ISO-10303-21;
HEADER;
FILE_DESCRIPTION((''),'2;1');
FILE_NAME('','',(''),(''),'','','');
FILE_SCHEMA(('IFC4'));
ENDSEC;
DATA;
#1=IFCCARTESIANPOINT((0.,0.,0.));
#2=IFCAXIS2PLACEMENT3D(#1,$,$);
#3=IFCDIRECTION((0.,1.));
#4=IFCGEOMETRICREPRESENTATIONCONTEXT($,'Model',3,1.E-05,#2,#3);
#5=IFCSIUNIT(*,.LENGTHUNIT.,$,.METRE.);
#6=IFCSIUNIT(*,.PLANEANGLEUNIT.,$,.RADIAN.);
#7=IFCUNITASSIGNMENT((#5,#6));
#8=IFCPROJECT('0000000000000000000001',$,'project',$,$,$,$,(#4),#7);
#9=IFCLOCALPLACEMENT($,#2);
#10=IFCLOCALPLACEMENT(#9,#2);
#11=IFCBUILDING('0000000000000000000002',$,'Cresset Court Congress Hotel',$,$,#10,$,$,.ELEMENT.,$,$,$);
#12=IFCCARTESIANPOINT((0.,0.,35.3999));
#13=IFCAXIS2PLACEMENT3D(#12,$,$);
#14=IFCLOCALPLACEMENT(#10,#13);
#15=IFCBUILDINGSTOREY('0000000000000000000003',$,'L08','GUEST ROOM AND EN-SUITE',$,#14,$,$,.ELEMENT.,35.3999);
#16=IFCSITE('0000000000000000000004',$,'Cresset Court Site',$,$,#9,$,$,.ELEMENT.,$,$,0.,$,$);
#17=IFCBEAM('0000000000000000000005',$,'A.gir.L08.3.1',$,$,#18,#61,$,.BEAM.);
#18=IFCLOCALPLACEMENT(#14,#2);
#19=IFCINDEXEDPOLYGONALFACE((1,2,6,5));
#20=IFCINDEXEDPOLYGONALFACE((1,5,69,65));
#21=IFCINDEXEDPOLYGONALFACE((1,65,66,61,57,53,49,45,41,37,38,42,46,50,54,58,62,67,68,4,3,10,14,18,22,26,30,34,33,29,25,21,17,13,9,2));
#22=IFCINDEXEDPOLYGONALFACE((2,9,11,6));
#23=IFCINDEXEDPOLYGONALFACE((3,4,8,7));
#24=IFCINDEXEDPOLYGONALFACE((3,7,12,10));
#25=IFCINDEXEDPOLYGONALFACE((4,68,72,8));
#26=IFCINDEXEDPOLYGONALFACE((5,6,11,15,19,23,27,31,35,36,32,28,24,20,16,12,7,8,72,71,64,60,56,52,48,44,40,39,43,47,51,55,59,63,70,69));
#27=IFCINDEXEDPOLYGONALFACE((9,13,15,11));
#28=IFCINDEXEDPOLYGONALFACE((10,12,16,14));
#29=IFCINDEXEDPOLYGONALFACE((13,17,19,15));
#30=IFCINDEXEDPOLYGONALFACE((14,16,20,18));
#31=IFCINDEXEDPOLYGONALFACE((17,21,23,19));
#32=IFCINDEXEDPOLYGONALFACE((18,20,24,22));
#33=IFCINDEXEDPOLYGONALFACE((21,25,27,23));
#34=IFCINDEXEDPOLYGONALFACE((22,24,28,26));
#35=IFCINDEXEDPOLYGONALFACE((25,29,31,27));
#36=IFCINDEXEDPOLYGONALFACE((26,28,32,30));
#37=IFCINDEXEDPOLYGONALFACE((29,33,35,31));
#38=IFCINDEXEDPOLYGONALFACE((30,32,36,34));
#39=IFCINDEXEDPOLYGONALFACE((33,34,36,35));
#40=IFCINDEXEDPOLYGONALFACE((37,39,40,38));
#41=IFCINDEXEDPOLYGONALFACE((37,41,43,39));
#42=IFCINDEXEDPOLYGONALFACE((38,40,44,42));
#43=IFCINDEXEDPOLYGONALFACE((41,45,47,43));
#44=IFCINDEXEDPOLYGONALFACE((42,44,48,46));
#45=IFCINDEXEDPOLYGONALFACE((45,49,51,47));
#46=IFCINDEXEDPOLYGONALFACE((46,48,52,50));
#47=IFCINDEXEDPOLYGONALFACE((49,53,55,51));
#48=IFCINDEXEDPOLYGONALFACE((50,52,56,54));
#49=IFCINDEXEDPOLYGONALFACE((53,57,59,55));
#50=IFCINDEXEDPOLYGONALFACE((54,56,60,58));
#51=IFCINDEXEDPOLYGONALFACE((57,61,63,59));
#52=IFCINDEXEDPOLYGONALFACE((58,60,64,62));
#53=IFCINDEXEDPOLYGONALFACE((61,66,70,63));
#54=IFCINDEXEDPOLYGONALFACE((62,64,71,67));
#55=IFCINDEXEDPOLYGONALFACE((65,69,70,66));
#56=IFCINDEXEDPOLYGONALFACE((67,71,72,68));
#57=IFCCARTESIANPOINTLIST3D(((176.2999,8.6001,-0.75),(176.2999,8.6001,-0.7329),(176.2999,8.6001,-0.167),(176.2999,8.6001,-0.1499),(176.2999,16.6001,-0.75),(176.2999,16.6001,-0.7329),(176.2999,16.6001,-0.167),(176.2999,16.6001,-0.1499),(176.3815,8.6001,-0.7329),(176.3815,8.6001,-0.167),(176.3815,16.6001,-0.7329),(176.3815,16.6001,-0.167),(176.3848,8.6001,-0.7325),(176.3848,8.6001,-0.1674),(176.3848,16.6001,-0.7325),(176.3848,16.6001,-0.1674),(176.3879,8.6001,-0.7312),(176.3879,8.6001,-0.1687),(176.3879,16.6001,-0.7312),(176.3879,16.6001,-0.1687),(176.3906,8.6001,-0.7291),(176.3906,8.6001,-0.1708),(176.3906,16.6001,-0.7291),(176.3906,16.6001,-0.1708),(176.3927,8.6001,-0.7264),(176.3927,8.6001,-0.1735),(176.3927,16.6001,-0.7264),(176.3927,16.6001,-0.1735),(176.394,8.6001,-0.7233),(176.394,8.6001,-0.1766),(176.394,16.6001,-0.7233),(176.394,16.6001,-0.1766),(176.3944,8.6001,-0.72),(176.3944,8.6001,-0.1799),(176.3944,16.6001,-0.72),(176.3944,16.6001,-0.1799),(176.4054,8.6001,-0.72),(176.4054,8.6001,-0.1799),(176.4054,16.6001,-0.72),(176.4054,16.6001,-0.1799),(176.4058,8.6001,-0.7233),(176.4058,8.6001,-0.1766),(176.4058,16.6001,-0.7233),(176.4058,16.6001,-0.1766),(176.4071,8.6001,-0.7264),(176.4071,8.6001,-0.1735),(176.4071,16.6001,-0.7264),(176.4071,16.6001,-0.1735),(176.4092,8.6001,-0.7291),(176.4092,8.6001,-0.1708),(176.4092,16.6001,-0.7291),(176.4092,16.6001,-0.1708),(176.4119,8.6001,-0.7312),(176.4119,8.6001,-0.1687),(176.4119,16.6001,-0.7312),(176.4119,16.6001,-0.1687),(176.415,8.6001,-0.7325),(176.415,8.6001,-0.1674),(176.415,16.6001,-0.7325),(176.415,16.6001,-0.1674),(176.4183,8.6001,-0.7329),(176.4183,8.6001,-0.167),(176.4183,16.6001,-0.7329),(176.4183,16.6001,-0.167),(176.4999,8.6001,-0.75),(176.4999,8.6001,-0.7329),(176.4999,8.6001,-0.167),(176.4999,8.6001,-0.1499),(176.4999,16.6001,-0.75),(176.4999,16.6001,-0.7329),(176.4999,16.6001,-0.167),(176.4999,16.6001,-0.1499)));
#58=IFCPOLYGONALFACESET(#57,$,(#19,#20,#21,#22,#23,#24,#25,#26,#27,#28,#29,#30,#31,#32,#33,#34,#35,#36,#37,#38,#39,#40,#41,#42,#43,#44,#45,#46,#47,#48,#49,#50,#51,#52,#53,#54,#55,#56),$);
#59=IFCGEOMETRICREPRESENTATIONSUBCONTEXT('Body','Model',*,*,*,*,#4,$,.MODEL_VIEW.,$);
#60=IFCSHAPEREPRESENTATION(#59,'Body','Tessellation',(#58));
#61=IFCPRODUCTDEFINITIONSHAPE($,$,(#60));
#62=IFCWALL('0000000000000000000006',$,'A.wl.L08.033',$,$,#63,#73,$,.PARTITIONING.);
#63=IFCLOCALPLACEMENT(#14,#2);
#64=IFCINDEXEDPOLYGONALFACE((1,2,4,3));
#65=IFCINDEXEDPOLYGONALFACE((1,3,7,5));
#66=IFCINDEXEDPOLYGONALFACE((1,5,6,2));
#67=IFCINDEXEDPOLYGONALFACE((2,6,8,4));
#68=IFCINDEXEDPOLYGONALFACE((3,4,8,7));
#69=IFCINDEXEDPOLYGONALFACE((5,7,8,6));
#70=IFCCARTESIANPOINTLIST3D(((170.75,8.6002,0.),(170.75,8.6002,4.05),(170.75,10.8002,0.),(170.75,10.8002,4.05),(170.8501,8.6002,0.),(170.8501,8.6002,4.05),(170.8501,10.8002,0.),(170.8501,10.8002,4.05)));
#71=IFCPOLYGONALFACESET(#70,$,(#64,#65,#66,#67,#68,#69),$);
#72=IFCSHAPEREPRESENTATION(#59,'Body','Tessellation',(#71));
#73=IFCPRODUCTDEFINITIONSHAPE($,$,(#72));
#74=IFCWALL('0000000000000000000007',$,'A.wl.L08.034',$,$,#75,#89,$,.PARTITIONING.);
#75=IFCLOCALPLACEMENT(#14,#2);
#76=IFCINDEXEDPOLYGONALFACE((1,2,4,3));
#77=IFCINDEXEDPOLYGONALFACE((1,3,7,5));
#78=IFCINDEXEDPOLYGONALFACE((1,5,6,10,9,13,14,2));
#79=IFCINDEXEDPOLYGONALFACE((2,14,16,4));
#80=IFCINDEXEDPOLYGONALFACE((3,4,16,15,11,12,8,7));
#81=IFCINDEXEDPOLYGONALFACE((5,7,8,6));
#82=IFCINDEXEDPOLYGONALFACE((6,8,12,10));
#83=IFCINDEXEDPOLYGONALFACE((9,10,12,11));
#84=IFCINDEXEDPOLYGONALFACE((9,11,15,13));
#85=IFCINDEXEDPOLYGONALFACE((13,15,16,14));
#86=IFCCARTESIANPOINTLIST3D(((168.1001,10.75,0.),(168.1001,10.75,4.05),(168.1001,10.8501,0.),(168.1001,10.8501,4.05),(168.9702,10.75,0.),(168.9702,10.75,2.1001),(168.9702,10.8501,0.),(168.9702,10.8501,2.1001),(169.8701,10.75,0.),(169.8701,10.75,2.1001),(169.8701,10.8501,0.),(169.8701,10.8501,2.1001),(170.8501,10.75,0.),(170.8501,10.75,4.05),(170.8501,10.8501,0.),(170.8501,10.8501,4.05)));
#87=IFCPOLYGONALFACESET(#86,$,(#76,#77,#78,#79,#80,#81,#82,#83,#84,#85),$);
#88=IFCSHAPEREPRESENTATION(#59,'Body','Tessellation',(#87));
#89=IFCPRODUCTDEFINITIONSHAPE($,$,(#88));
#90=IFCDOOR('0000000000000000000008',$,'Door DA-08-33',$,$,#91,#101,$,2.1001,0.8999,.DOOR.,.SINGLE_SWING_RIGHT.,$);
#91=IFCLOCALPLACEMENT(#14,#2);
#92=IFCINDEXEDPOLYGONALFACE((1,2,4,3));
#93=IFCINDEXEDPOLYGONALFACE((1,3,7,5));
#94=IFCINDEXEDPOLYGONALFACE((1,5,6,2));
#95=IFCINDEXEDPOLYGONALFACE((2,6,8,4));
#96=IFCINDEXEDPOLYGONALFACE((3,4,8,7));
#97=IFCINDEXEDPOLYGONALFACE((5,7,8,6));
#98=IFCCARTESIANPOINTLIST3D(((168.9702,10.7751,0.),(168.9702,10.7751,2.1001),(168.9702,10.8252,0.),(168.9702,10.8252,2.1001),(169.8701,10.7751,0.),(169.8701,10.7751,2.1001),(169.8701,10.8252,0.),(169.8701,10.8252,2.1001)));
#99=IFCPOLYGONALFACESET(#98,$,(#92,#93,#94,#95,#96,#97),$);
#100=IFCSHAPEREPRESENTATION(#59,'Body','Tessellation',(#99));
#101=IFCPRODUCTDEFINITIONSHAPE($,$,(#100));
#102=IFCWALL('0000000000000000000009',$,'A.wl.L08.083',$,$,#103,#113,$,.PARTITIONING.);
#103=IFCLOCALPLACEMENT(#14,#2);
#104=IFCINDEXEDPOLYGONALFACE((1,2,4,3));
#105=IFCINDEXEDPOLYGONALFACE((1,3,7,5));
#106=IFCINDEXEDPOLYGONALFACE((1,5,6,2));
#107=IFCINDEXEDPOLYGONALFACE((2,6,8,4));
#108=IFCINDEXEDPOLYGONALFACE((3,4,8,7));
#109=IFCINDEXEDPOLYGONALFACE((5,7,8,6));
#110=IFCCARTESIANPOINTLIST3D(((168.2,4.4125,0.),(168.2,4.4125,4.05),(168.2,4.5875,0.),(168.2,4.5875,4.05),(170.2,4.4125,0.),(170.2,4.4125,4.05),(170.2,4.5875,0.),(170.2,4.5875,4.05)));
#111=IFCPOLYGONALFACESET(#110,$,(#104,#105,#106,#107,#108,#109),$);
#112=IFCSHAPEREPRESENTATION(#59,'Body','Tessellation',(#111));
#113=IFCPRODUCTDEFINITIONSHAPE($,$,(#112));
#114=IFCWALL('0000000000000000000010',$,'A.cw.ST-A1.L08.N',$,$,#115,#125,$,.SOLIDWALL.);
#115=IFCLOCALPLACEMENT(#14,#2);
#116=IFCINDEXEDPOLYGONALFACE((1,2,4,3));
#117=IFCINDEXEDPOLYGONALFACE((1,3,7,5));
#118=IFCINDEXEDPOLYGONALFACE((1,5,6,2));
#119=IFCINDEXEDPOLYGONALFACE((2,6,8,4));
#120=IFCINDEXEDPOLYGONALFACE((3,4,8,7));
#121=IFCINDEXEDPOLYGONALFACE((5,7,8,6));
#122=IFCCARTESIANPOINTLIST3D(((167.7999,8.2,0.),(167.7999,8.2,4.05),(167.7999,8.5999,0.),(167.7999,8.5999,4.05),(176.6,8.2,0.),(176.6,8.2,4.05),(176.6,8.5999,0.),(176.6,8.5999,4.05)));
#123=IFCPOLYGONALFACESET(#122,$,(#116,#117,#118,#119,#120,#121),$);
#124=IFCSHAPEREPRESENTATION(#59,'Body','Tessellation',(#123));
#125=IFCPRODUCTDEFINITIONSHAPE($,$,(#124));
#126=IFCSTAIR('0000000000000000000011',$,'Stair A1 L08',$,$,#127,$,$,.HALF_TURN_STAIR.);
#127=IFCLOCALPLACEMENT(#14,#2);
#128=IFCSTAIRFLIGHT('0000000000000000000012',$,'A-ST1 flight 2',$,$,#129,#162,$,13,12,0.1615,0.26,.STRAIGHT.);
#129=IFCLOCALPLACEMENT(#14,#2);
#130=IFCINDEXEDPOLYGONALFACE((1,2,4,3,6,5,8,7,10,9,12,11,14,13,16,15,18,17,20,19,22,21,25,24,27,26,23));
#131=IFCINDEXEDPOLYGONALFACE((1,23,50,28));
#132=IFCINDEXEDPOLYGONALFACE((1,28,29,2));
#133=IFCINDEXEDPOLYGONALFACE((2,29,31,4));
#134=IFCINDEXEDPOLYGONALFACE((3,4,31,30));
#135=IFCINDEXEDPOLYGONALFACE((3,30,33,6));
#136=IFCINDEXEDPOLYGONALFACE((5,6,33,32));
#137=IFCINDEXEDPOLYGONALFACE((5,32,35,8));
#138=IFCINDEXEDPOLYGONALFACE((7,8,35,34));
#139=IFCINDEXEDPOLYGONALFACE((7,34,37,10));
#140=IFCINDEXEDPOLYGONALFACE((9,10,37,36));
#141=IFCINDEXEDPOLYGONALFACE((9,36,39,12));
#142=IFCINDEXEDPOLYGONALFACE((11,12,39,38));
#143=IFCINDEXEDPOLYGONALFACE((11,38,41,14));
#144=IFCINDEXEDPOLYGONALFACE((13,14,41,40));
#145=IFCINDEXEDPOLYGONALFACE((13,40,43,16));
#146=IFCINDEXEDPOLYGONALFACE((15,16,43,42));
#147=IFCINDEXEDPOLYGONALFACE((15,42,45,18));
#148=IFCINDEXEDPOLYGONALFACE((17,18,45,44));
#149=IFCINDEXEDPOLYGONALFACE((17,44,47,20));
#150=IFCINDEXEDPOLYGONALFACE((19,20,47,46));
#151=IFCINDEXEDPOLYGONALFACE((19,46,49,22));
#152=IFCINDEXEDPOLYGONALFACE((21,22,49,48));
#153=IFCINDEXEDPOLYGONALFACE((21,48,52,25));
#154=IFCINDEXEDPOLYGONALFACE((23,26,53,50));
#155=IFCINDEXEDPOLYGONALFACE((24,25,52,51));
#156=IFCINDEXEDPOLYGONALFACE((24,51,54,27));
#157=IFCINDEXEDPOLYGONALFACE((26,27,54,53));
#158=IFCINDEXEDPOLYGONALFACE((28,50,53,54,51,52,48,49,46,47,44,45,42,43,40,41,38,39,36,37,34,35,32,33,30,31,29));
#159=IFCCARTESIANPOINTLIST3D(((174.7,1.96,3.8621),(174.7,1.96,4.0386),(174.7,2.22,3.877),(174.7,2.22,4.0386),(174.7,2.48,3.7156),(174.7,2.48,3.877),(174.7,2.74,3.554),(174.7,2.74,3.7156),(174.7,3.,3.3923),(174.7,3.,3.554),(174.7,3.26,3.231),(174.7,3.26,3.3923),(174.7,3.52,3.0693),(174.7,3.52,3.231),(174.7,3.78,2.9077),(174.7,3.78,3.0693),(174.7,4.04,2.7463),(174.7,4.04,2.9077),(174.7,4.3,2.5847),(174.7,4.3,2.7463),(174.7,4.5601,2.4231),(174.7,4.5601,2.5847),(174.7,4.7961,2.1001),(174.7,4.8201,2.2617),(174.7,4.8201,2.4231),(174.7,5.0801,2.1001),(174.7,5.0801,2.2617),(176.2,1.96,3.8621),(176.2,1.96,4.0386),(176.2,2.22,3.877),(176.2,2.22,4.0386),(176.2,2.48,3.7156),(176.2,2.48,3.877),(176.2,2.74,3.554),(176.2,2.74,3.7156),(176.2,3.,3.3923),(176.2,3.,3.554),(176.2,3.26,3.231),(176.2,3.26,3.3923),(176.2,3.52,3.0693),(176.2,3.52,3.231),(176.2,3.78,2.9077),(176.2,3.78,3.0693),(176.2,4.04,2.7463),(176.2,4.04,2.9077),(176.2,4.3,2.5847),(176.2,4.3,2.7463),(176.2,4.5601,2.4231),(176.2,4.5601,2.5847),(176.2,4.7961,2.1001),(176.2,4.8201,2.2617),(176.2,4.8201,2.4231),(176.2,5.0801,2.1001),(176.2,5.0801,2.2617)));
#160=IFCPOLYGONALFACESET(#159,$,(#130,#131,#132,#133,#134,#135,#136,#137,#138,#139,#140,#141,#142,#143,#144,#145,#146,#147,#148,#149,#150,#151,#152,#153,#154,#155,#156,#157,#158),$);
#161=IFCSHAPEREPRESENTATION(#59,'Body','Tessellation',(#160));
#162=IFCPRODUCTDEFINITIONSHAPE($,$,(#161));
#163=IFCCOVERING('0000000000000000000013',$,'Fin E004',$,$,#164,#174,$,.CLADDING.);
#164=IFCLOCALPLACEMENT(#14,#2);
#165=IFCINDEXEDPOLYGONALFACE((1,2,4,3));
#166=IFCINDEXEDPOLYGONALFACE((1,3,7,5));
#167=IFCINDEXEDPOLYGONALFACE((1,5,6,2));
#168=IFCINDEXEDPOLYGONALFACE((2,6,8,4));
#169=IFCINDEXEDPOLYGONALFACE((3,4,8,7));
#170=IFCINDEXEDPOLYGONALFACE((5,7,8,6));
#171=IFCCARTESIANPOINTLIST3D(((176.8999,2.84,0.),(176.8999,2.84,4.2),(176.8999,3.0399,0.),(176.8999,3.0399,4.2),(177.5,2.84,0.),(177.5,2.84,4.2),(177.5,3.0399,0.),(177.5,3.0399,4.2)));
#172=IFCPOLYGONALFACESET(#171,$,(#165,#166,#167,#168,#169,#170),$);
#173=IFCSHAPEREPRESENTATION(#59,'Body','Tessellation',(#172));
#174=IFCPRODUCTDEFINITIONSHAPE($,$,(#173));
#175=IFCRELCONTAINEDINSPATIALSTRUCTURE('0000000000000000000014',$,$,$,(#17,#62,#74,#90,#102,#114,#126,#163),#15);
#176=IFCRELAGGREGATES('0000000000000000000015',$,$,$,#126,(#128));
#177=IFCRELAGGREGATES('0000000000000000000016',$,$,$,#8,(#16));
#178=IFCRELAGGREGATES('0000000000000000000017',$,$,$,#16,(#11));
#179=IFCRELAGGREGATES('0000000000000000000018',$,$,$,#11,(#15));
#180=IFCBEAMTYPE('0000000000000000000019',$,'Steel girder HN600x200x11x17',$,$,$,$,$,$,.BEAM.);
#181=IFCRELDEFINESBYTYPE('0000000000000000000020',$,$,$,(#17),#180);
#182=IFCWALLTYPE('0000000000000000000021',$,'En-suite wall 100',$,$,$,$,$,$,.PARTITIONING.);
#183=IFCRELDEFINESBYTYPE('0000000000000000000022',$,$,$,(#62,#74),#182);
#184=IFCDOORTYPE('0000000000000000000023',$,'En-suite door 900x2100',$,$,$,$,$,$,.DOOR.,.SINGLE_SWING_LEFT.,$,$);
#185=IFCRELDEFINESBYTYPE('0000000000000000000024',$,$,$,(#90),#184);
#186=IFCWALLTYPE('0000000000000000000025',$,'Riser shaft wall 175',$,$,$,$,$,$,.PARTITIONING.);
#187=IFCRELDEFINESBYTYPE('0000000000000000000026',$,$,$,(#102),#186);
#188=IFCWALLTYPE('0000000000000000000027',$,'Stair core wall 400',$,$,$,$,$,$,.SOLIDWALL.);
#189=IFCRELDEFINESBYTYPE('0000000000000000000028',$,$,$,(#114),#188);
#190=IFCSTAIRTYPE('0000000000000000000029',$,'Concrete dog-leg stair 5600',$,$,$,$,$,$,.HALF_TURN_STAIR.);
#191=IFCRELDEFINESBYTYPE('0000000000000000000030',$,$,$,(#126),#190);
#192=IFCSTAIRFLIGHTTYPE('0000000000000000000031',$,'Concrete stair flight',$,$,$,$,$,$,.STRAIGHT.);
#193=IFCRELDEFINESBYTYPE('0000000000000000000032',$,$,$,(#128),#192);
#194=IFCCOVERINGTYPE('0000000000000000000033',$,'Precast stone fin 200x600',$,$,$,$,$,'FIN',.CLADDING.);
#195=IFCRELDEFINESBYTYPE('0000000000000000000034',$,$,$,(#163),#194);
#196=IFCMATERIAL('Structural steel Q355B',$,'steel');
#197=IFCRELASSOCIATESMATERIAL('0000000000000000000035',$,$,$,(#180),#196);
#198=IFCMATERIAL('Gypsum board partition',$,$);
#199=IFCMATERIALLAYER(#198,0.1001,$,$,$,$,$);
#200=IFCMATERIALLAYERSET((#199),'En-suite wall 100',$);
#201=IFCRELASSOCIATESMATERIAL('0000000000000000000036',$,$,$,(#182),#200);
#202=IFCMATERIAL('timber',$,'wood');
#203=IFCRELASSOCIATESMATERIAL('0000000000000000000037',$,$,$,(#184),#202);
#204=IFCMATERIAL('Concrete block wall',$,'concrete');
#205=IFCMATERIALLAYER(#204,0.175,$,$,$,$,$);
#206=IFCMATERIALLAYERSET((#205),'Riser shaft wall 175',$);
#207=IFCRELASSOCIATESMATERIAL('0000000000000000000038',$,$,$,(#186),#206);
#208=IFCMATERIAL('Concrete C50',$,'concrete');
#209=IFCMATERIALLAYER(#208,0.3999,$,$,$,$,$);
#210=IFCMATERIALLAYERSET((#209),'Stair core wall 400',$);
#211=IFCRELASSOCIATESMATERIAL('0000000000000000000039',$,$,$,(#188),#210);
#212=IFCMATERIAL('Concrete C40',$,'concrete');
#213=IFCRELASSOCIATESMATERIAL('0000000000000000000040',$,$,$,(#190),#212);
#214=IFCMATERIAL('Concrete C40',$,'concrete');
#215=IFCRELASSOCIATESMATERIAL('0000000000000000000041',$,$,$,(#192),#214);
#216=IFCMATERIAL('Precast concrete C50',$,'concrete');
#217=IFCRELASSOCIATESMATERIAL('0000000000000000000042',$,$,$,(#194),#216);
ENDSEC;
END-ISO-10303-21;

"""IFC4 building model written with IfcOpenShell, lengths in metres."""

from ifc_helpers import new_model, si_unit, direction, frame, frame_2d, origin, origin_2d, place, context, subcontext, project, spatial, polyline, rectangle, i_section, outline, extrude, material, layer, layer_set, material_profile, profile_set, type_object, element, fill, aggregate, save


model = new_model("IFC4")

# Units and contexts
model_context = context("Model", 3, precision=1e-05, world=origin(), true_north=direction((0.0, 1.0)))
body_context = subcontext(model_context, "Body", "Model", "MODEL_VIEW")
ifc_project = project(units=[si_unit("LENGTHUNIT", "METRE"), si_unit("PLANEANGLEUNIT", "RADIAN")], contexts=[model_context])

# Site, building, storey
site_placement = place(None, origin())
site = spatial("IfcSite", under=ifc_project, at=site_placement, Name="Cresset Court Site", CompositionType="ELEMENT", RefElevation=0.0)
building_placement = place(site_placement, origin())
building = spatial("IfcBuilding", under=site, at=building_placement, Name="Cresset Court Congress Hotel", CompositionType="ELEMENT")
storey_placement = place(building_placement, frame((0.0, 0.0, 35.3999)))
storey = spatial("IfcBuildingStorey", under=building, at=storey_placement, Name="L08", Description="GUEST ROOM AND EN-SUITE", CompositionType="ELEMENT", Elevation=35.3999)

# Beam
ifc_material_1 = material(Name="Structural steel Q355B", Category="steel")
ifc_material_profile_1 = material_profile(ifc_material_1, i_section(OverallWidth=0.2, OverallDepth=0.6001, WebThickness=0.011, FlangeThickness=0.0171, FilletRadius=0.0129, at=origin_2d()), Name="HN600x200x11x17")
ifc_profile_set_1 = profile_set([ifc_material_profile_1], Name="Structural steel Q355B")
beam_type_1 = type_object("IfcBeamType", Name="Steel girder HN600x200x11x17", PredefinedType="BEAM", material=ifc_profile_set_1)
for number, where, z_axis, x_axis, name in (
    (1, (176.3999, 8.6001, -0.45), (0.0, 1.0, 0.0), (-1.0, 0.0, 0.0), "A.gir.L08.3.1"),
):
    element("IfcBeam", number, at=place(storey_placement, frame(where, z_axis=z_axis, x_axis=x_axis)), inside=storey, type_object=beam_type_1, Name=name, PredefinedType="BEAM", context=body_context, shape_type="SweptSolid", body=[
        extrude(i_section(OverallWidth=0.2, OverallDepth=0.6001, WebThickness=0.011, FlangeThickness=0.0171, FilletRadius=0.0129, at=origin_2d()), origin(), (0.0, 0.0, 1.0), 8.0),
    ])

# Wall
ifc_material_2 = material(Name="Gypsum board partition")
ifc_layer_1 = layer(ifc_material_2, 0.1001)
ifc_layer_set_1 = layer_set([ifc_layer_1], Name="En-suite wall 100")
wall_type_1 = type_object("IfcWallType", Name="En-suite wall 100", PredefinedType="PARTITIONING", material=ifc_layer_set_1)
wall_1_placement = place(storey_placement, frame((170.8, 8.6001, 0.0), z_axis=(0.0, 0.0, 1.0), x_axis=(0.0, 1.0, 0.0)))
element("IfcWall", 2, at=wall_1_placement, inside=storey, type_object=wall_type_1, Name="A.wl.L08.033", PredefinedType="PARTITIONING", context=body_context, shape_type="SweptSolid", body=[
    extrude(rectangle(XDim=2.2, YDim=0.1001, at=frame_2d((1.1001, 0.0))), origin(), (0.0, 0.0, 1.0), 4.05),
])

# Wall, opening, door
wall_2_placement = place(storey_placement, frame((170.8501, 10.8, 0.0), z_axis=(0.0, 0.0, 1.0), x_axis=(-1.0, 0.0, 0.0)))
wall_2 = element("IfcWall", 3, at=wall_2_placement, inside=storey, type_object=wall_type_1, Name="A.wl.L08.034", PredefinedType="PARTITIONING", context=body_context, shape_type="SweptSolid", body=[
    extrude(rectangle(XDim=2.75, YDim=0.1001, at=frame_2d((1.375, 0.0))), origin(), (0.0, 0.0, 1.0), 4.05),
])
opening_1_placement = place(wall_2_placement, frame((0.98, 0.0, 0.0)))
opening_1 = element("IfcOpeningElement", 4, at=opening_1_placement, cuts=wall_2, PredefinedType="OPENING", context=body_context, shape_type="SweptSolid", body=[
    extrude(rectangle(XDim=0.8999, YDim=2.1001, at=frame_2d((0.45, 1.05))), frame((0.0, 0.0601, 0.0), z_axis=(0.0, -1.0, 0.0), x_axis=(1.0, 0.0, 0.0)), (0.0, 0.0, 1.0), 0.1201),
])
ifc_material_3 = material(Name="timber", Category="wood")
door_type_1 = type_object("IfcDoorType", Name="En-suite door 900x2100", OperationType="SINGLE_SWING_LEFT", PredefinedType="DOOR", material=ifc_material_3)
door_1_placement = place(opening_1_placement, origin())
door_1 = element("IfcDoor", 5, at=door_1_placement, inside=storey, type_object=door_type_1, Name="Door DA-08-33", OperationType="SINGLE_SWING_RIGHT", OverallHeight=2.1001, OverallWidth=0.8999, PredefinedType="DOOR", context=body_context, shape_type="SweptSolid", body=[
    extrude(rectangle(XDim=0.8999, YDim=2.1001, at=frame_2d((0.45, 1.05))), frame((0.0, 0.0249, 0.0), z_axis=(0.0, -1.0, 0.0), x_axis=(1.0, 0.0, 0.0)), (0.0, 0.0, 1.0), 0.05),
])
fill(opening_1, door_1)

# Walls
ifc_material_4 = material(Name="Concrete block wall", Category="concrete")
ifc_layer_2 = layer(ifc_material_4, 0.175)
ifc_layer_set_2 = layer_set([ifc_layer_2], Name="Riser shaft wall 175")
wall_type_2 = type_object("IfcWallType", Name="Riser shaft wall 175", PredefinedType="PARTITIONING", material=ifc_layer_set_2)
wall_3_placement = place(storey_placement, frame((168.2, 4.5, 0.0), z_axis=(0.0, 0.0, 1.0), x_axis=(1.0, 0.0, 0.0)))
element("IfcWall", 6, at=wall_3_placement, inside=storey, type_object=wall_type_2, Name="A.wl.L08.083", PredefinedType="PARTITIONING", context=body_context, shape_type="SweptSolid", body=[
    extrude(rectangle(XDim=2.0, YDim=0.175, at=frame_2d((1.0, 0.0))), origin(), (0.0, 0.0, 1.0), 4.05),
])
ifc_material_5 = material(Name="Concrete C50", Category="concrete")
ifc_layer_3 = layer(ifc_material_5, 0.3999)
ifc_layer_set_3 = layer_set([ifc_layer_3], Name="Stair core wall 400")
wall_type_3 = type_object("IfcWallType", Name="Stair core wall 400", PredefinedType="SOLIDWALL", material=ifc_layer_set_3)
wall_4_placement = place(storey_placement, frame((167.8, 8.3999, 0.0), z_axis=(0.0, 0.0, 1.0), x_axis=(1.0, 0.0, 0.0)))
element("IfcWall", 7, at=wall_4_placement, inside=storey, type_object=wall_type_3, Name="A.cw.ST-A1.L08.N", PredefinedType="SOLIDWALL", context=body_context, shape_type="SweptSolid", body=[
    extrude(rectangle(XDim=8.8, YDim=0.3999, at=frame_2d((4.3999, 0.0))), origin(), (0.0, 0.0, 1.0), 4.05),
])

# Stair, stair flight
ifc_material_6 = material(Name="Concrete C40", Category="concrete")
stair_type = type_object("IfcStairType", Name="Concrete dog-leg stair 5600", PredefinedType="HALF_TURN_STAIR", material=ifc_material_6)
stair_placement = place(storey_placement, origin())
stair = element("IfcStair", 8, at=stair_placement, inside=storey, type_object=stair_type, Name="Stair A1 L08", PredefinedType="HALF_TURN_STAIR")
ifc_material_7 = material(Name="Concrete C40", Category="concrete")
stair_flight_type = type_object("IfcStairFlightType", Name="Concrete stair flight", PredefinedType="STRAIGHT", material=ifc_material_7)
stair_flight_placement = place(storey_placement, frame((175.45, 5.0801, 2.1001), z_axis=(0.0, 0.0, 1.0), x_axis=(0.0, -1.0, 0.0)))
stair_flight = element("IfcStairFlight", 9, at=stair_flight_placement, type_object=stair_flight_type, Name="A-ST1 flight 2", NumberOfRisers=13, NumberOfTreads=12, PredefinedType="STRAIGHT", RiserHeight=0.1615, TreadLength=0.26, context=body_context, shape_type="SweptSolid", body=[
    extrude(outline(polyline([(0.0, 0.0), (0.0, 0.1616), (0.26, 0.1616), (0.26, 0.323), (0.52, 0.323), (0.52, 0.4846), (0.78, 0.4846), (0.78, 0.6462), (1.04, 0.6462), (1.04, 0.8076), (1.3, 0.8076), (1.3, 0.9692), (1.5601, 0.9692), (1.5601, 1.1309), (1.8201, 1.1309), (1.8201, 1.2922), (2.0801, 1.2922), (2.0801, 1.4539), (2.3401, 1.4539), (2.3401, 1.6155), (2.6001, 1.6155), (2.6001, 1.7769), (2.8601, 1.7769), (2.8601, 1.9385), (3.1201, 1.9385), (3.1201, 2.1001), (3.1201, 1.762), (0.2839, 0.0), (0.0, 0.0)])), frame((0.0, 0.75, 0.0), z_axis=(0.0, -1.0, 0.0), x_axis=(1.0, 0.0, 0.0)), (0.0, 0.0, 1.0), 1.5),
])
aggregate(stair, [stair_flight])

# Covering
ifc_material_8 = material(Name="Precast concrete C50", Category="concrete")
covering_type_1 = type_object("IfcCoveringType", Name="Precast stone fin 200x600", ElementType="FIN", PredefinedType="CLADDING", material=ifc_material_8)
for number, where, z_axis, x_axis, name in (
    (10, (177.2, 2.9399, 0.0), (0.0, 0.0, 1.0), (1.0, 0.0, 0.0), "Fin E004"),
):
    element("IfcCovering", number, at=place(storey_placement, frame(where, z_axis=z_axis, x_axis=x_axis)), inside=storey, type_object=covering_type_1, Name=name, PredefinedType="CLADDING", context=body_context, shape_type="SweptSolid", body=[
        extrude(rectangle(XDim=0.6001, YDim=0.2, at=origin_2d()), origin(), (0.0, 0.0, 1.0), 4.2),
    ])

save(model, "model.ifc")
